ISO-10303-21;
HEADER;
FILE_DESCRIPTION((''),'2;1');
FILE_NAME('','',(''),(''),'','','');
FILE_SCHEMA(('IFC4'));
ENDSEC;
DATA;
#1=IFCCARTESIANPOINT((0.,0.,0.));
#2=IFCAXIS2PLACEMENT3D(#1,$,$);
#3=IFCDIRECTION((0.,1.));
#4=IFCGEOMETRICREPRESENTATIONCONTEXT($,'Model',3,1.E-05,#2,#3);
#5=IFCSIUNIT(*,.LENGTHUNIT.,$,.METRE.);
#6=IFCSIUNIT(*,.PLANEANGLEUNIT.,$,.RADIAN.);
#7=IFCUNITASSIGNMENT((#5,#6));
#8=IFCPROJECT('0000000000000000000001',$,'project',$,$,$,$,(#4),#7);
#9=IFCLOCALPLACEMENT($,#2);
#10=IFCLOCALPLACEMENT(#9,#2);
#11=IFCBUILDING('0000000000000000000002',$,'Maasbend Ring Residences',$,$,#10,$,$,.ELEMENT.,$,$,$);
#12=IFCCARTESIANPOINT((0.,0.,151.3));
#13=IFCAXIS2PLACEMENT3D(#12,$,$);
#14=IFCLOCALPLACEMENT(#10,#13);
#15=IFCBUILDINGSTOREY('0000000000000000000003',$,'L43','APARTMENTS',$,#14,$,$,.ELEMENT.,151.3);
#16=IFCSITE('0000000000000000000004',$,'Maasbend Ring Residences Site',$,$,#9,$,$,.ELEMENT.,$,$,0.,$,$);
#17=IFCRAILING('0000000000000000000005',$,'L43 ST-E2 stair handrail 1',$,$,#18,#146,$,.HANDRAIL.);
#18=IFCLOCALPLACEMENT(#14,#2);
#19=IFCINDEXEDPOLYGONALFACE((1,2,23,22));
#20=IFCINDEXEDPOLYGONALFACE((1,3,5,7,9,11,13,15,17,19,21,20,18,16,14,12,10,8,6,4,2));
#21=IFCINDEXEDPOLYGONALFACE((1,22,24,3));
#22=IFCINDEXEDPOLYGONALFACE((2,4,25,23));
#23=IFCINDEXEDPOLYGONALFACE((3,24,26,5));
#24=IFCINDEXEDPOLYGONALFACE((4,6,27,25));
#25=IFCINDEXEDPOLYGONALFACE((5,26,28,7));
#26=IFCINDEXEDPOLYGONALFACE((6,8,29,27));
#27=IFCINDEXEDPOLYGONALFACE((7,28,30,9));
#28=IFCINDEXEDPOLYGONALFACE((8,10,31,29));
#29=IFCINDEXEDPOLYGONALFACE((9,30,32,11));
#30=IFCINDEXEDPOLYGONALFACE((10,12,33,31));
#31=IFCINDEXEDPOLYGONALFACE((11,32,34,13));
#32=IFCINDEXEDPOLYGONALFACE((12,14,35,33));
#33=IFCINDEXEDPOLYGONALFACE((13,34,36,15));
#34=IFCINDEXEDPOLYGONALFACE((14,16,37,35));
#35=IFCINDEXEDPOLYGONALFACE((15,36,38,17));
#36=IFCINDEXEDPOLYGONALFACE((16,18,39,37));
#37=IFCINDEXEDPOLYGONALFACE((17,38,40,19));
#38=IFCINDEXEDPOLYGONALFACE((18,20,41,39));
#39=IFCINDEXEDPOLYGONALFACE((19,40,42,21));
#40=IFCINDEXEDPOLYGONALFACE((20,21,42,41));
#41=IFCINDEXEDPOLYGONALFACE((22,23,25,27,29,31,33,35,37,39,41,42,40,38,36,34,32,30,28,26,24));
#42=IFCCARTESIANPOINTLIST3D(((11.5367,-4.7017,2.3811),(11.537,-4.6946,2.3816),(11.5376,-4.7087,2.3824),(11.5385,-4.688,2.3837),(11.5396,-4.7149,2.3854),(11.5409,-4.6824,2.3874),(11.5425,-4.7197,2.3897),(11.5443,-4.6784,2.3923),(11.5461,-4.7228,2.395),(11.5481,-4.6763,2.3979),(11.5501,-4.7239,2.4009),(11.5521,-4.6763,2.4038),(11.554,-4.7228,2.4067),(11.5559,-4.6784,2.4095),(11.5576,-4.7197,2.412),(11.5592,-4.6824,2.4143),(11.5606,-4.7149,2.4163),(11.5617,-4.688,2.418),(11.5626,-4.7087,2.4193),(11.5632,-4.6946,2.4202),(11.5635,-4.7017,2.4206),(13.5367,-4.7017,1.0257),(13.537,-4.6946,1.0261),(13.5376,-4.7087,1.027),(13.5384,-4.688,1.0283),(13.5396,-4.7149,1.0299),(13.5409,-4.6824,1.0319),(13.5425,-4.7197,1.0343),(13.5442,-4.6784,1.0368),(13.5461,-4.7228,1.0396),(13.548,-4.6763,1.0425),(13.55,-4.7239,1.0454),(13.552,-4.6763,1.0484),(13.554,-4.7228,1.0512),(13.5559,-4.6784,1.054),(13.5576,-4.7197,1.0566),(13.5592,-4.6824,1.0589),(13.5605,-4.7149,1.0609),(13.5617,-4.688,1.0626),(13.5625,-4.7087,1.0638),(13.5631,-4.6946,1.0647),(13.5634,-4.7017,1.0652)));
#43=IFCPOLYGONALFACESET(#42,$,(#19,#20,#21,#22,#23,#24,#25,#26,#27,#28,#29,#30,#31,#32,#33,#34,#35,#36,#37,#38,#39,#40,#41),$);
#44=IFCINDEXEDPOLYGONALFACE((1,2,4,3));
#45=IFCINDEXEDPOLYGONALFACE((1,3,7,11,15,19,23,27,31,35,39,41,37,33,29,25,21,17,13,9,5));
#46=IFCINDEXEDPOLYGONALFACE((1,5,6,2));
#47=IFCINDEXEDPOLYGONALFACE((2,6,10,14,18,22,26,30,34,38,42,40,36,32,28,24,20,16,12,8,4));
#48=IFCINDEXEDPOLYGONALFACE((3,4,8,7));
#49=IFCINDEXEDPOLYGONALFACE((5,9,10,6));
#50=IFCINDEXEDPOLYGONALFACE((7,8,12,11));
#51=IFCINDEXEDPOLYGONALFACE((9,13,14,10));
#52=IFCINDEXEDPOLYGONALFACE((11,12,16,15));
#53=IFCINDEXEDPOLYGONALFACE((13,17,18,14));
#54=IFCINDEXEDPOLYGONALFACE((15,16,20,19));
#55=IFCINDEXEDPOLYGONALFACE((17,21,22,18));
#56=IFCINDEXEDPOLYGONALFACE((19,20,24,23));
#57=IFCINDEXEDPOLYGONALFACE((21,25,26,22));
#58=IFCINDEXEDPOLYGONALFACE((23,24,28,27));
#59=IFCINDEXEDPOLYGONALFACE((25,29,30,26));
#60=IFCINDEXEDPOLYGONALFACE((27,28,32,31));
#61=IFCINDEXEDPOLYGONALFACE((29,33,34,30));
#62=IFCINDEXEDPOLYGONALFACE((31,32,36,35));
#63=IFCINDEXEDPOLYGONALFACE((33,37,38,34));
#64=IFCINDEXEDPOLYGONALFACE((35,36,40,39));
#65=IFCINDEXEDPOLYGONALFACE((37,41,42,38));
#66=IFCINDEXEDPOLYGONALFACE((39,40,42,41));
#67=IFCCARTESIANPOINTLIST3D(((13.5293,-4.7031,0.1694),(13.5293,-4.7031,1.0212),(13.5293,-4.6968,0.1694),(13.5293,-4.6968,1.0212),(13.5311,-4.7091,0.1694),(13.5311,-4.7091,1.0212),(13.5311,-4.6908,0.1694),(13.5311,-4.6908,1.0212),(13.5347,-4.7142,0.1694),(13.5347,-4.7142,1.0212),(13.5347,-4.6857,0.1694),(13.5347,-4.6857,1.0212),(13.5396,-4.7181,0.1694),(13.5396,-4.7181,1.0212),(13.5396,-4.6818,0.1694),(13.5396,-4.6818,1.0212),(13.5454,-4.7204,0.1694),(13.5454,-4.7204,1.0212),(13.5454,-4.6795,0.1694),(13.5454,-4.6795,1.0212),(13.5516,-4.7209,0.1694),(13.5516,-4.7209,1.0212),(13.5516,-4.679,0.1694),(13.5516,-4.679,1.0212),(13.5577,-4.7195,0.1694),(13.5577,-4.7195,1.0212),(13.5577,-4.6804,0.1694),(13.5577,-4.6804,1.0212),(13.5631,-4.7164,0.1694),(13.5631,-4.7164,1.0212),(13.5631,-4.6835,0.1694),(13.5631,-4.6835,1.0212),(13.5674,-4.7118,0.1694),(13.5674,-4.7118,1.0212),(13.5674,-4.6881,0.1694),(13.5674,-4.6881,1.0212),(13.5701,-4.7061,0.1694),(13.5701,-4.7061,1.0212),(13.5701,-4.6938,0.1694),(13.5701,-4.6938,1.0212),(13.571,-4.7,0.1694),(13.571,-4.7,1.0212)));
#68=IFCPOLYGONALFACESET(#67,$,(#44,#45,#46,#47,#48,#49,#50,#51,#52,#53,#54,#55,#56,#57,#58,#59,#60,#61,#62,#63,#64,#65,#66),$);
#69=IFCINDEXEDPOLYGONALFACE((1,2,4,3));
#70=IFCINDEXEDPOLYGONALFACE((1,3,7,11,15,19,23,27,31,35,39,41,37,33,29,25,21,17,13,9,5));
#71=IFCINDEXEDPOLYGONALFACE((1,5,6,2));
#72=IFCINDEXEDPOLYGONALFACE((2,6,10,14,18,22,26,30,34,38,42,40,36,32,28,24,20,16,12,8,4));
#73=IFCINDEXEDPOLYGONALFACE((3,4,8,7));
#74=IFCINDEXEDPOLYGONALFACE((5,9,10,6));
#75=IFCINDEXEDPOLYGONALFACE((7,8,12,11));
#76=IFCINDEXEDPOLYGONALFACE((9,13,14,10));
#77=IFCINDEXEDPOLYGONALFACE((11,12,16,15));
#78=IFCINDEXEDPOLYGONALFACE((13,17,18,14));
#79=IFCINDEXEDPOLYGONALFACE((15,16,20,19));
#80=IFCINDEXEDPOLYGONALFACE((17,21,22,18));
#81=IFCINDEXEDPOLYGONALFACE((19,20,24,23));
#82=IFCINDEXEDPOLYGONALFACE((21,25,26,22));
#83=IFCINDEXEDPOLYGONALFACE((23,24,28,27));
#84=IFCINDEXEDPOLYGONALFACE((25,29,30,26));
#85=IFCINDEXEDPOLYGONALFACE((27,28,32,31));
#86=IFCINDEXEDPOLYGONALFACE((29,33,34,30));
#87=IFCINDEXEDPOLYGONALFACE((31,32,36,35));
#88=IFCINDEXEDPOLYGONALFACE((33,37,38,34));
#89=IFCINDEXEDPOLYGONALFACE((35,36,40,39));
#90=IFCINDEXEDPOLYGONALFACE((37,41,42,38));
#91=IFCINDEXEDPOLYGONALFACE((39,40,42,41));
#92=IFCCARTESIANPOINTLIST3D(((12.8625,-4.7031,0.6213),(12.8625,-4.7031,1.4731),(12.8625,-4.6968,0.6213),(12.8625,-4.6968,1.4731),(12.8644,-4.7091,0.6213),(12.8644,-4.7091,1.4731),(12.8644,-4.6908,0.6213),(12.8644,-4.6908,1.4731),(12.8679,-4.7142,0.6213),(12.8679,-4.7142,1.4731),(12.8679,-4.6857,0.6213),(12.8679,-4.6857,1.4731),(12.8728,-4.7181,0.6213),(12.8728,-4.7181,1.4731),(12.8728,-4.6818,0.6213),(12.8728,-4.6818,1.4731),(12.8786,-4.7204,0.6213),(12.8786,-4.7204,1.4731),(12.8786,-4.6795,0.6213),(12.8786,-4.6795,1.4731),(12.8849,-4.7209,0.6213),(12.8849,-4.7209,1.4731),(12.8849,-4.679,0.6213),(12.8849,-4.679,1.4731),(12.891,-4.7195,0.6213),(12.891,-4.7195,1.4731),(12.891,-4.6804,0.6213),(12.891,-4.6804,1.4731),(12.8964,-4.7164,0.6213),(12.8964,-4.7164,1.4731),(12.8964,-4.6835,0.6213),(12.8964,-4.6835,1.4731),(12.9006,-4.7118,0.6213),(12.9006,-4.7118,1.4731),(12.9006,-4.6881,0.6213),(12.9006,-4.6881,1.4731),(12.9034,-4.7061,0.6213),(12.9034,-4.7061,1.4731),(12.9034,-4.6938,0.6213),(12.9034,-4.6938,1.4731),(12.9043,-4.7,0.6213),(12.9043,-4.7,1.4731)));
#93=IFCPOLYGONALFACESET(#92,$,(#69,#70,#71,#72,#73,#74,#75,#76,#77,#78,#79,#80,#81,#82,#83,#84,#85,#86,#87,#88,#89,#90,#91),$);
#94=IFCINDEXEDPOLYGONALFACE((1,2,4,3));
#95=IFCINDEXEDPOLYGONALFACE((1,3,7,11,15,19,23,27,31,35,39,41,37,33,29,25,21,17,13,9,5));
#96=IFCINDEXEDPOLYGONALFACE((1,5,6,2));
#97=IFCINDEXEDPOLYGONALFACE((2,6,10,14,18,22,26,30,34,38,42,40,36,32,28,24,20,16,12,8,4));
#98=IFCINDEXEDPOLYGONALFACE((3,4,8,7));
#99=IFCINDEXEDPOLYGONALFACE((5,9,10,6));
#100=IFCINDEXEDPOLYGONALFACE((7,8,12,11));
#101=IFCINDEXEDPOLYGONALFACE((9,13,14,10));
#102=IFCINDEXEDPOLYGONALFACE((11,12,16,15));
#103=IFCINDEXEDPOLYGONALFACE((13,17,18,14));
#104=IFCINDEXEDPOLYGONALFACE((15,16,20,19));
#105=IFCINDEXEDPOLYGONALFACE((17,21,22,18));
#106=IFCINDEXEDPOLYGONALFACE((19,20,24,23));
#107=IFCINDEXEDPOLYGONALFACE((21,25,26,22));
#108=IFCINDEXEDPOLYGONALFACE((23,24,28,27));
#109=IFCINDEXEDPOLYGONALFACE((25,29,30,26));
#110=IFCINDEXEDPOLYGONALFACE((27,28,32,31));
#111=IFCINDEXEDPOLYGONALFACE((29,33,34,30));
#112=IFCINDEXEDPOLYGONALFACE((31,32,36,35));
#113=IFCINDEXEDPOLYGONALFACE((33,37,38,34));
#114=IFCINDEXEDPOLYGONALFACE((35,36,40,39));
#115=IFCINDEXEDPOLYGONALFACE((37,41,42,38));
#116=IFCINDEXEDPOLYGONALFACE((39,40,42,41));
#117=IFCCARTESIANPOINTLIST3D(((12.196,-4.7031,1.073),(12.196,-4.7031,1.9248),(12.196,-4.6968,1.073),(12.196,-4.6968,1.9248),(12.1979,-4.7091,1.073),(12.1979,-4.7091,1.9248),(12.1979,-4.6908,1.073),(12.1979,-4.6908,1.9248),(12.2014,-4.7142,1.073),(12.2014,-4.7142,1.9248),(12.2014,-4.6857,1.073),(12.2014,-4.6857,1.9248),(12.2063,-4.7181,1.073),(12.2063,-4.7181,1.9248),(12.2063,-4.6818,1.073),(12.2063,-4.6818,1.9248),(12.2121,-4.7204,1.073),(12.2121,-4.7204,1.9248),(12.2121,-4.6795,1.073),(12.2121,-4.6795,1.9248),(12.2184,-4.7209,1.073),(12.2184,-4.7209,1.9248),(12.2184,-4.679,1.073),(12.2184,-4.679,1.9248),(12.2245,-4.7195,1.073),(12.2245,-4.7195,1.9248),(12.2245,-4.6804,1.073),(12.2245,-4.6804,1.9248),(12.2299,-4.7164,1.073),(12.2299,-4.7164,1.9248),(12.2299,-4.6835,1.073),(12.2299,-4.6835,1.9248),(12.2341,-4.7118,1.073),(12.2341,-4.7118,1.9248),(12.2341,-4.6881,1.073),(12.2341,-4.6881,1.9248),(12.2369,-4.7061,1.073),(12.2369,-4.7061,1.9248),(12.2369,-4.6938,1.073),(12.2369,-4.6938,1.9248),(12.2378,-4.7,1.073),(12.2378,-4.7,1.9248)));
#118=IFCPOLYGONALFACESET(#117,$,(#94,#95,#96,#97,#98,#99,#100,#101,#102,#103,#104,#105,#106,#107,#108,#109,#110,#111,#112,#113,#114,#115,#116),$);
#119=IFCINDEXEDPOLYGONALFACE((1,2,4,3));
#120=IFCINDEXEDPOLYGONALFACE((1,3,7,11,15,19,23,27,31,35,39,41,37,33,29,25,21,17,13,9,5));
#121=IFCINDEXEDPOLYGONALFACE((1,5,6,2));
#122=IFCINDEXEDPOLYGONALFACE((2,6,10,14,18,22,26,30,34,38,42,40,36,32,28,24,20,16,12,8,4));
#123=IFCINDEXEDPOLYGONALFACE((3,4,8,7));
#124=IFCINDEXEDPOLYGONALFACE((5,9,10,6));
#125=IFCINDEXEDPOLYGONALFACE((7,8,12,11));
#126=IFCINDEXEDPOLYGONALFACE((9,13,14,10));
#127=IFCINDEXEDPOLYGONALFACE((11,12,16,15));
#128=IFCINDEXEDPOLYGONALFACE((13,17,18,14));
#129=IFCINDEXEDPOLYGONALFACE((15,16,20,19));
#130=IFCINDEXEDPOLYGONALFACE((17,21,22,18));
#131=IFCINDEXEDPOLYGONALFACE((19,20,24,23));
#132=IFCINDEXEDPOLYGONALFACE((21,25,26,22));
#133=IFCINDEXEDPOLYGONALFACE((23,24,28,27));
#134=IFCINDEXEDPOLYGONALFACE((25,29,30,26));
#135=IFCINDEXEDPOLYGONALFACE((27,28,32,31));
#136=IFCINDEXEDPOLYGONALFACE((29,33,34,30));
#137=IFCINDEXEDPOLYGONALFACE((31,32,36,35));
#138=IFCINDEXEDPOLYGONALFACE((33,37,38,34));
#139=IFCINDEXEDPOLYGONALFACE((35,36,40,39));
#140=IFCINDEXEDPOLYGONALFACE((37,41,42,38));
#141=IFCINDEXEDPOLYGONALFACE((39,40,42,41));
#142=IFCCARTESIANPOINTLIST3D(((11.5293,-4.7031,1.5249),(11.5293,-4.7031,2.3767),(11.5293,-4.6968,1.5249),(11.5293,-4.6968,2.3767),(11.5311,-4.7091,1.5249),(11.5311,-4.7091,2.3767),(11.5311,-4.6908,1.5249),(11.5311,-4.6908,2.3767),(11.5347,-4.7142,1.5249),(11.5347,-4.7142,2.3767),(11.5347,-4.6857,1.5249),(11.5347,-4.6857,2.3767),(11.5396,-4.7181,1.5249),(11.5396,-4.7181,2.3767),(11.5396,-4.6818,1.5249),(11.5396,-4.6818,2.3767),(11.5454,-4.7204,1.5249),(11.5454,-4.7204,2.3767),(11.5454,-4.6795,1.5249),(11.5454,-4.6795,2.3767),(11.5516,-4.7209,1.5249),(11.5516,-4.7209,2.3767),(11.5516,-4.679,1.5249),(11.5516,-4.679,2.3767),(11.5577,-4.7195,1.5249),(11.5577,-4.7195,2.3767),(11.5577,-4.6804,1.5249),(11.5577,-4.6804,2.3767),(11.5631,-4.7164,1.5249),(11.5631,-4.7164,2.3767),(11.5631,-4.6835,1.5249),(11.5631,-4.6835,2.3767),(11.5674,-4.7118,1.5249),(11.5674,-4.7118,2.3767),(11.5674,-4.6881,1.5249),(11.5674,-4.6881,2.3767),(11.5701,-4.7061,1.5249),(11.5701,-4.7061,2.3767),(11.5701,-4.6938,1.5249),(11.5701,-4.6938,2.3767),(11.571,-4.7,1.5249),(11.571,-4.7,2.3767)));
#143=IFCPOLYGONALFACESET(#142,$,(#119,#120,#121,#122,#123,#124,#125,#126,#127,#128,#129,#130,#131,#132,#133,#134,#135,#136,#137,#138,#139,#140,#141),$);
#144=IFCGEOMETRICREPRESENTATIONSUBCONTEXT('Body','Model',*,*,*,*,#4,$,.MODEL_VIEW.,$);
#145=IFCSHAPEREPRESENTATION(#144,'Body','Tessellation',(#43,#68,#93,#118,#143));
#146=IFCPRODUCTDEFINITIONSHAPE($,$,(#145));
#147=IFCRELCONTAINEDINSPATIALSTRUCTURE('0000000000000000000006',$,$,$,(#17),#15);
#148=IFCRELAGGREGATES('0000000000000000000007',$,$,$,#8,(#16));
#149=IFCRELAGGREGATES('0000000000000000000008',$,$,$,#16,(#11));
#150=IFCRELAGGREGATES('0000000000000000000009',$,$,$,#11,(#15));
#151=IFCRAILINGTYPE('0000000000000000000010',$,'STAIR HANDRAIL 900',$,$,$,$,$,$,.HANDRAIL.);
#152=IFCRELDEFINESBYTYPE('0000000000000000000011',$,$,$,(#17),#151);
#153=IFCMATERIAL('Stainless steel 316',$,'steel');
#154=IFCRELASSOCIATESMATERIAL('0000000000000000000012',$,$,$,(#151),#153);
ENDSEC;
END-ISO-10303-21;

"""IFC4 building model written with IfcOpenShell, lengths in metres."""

from ifc_helpers import new_model, si_unit, direction, frame, origin, origin_2d, place, context, subcontext, project, spatial, circle, extrude, material, type_object, element, save


model = new_model("IFC4")

# Units and contexts
model_context = context("Model", 3, precision=1e-05, world=origin(), true_north=direction((0.0, 1.0)))
body_context = subcontext(model_context, "Body", "Model", "MODEL_VIEW")
ifc_project = project(units=[si_unit("LENGTHUNIT", "METRE"), si_unit("PLANEANGLEUNIT", "RADIAN")], contexts=[model_context])

# Site, building, storey
site_placement = place(None, origin())
site = spatial("IfcSite", under=ifc_project, at=site_placement, Name="Maasbend Ring Residences Site", CompositionType="ELEMENT", RefElevation=0.0)
building_placement = place(site_placement, origin())
building = spatial("IfcBuilding", under=site, at=building_placement, Name="Maasbend Ring Residences", CompositionType="ELEMENT")
storey_placement = place(building_placement, frame((0.0, 0.0, 151.3)))
storey = spatial("IfcBuildingStorey", under=building, at=storey_placement, Name="L43", Description="APARTMENTS", CompositionType="ELEMENT", Elevation=151.3)

# Railing
ifc_material_1 = material(Name="Stainless steel 316", Category="steel")
railing_type = type_object("IfcRailingType", Name="STAIR HANDRAIL 900", PredefinedType="HANDRAIL", material=ifc_material_1)
railing_1_placement = place(storey_placement, frame((13.55, -4.7, 0.1694)))
element("IfcRailing", 1, at=railing_1_placement, inside=storey, type_object=railing_type, Name="L43 ST-E2 stair handrail 1", PredefinedType="HANDRAIL", context=body_context, shape_type="SweptSolid", body=[
    extrude(circle(Radius=0.0239, at=origin_2d()), frame((0.0, 0.0, 0.876), z_axis=(-0.827798, 0.0, 0.561027), x_axis=(0.0, -1.0, 0.0)), (0.0, 0.0, 1.0), 2.416),
    extrude(circle(Radius=0.021, at=origin_2d()), origin(), (0.0, 0.0, 1.0), 0.8518),
    extrude(circle(Radius=0.021, at=origin_2d()), frame((-0.6667, 0.0, 0.4519)), (0.0, 0.0, 1.0), 0.8518),
    extrude(circle(Radius=0.021, at=origin_2d()), frame((-1.3333, 0.0, 0.9036)), (0.0, 0.0, 1.0), 0.8518),
    extrude(circle(Radius=0.021, at=origin_2d()), frame((-2.0, 0.0, 1.3555)), (0.0, 0.0, 1.0), 0.8518),
])

save(model, "model.ifc")
